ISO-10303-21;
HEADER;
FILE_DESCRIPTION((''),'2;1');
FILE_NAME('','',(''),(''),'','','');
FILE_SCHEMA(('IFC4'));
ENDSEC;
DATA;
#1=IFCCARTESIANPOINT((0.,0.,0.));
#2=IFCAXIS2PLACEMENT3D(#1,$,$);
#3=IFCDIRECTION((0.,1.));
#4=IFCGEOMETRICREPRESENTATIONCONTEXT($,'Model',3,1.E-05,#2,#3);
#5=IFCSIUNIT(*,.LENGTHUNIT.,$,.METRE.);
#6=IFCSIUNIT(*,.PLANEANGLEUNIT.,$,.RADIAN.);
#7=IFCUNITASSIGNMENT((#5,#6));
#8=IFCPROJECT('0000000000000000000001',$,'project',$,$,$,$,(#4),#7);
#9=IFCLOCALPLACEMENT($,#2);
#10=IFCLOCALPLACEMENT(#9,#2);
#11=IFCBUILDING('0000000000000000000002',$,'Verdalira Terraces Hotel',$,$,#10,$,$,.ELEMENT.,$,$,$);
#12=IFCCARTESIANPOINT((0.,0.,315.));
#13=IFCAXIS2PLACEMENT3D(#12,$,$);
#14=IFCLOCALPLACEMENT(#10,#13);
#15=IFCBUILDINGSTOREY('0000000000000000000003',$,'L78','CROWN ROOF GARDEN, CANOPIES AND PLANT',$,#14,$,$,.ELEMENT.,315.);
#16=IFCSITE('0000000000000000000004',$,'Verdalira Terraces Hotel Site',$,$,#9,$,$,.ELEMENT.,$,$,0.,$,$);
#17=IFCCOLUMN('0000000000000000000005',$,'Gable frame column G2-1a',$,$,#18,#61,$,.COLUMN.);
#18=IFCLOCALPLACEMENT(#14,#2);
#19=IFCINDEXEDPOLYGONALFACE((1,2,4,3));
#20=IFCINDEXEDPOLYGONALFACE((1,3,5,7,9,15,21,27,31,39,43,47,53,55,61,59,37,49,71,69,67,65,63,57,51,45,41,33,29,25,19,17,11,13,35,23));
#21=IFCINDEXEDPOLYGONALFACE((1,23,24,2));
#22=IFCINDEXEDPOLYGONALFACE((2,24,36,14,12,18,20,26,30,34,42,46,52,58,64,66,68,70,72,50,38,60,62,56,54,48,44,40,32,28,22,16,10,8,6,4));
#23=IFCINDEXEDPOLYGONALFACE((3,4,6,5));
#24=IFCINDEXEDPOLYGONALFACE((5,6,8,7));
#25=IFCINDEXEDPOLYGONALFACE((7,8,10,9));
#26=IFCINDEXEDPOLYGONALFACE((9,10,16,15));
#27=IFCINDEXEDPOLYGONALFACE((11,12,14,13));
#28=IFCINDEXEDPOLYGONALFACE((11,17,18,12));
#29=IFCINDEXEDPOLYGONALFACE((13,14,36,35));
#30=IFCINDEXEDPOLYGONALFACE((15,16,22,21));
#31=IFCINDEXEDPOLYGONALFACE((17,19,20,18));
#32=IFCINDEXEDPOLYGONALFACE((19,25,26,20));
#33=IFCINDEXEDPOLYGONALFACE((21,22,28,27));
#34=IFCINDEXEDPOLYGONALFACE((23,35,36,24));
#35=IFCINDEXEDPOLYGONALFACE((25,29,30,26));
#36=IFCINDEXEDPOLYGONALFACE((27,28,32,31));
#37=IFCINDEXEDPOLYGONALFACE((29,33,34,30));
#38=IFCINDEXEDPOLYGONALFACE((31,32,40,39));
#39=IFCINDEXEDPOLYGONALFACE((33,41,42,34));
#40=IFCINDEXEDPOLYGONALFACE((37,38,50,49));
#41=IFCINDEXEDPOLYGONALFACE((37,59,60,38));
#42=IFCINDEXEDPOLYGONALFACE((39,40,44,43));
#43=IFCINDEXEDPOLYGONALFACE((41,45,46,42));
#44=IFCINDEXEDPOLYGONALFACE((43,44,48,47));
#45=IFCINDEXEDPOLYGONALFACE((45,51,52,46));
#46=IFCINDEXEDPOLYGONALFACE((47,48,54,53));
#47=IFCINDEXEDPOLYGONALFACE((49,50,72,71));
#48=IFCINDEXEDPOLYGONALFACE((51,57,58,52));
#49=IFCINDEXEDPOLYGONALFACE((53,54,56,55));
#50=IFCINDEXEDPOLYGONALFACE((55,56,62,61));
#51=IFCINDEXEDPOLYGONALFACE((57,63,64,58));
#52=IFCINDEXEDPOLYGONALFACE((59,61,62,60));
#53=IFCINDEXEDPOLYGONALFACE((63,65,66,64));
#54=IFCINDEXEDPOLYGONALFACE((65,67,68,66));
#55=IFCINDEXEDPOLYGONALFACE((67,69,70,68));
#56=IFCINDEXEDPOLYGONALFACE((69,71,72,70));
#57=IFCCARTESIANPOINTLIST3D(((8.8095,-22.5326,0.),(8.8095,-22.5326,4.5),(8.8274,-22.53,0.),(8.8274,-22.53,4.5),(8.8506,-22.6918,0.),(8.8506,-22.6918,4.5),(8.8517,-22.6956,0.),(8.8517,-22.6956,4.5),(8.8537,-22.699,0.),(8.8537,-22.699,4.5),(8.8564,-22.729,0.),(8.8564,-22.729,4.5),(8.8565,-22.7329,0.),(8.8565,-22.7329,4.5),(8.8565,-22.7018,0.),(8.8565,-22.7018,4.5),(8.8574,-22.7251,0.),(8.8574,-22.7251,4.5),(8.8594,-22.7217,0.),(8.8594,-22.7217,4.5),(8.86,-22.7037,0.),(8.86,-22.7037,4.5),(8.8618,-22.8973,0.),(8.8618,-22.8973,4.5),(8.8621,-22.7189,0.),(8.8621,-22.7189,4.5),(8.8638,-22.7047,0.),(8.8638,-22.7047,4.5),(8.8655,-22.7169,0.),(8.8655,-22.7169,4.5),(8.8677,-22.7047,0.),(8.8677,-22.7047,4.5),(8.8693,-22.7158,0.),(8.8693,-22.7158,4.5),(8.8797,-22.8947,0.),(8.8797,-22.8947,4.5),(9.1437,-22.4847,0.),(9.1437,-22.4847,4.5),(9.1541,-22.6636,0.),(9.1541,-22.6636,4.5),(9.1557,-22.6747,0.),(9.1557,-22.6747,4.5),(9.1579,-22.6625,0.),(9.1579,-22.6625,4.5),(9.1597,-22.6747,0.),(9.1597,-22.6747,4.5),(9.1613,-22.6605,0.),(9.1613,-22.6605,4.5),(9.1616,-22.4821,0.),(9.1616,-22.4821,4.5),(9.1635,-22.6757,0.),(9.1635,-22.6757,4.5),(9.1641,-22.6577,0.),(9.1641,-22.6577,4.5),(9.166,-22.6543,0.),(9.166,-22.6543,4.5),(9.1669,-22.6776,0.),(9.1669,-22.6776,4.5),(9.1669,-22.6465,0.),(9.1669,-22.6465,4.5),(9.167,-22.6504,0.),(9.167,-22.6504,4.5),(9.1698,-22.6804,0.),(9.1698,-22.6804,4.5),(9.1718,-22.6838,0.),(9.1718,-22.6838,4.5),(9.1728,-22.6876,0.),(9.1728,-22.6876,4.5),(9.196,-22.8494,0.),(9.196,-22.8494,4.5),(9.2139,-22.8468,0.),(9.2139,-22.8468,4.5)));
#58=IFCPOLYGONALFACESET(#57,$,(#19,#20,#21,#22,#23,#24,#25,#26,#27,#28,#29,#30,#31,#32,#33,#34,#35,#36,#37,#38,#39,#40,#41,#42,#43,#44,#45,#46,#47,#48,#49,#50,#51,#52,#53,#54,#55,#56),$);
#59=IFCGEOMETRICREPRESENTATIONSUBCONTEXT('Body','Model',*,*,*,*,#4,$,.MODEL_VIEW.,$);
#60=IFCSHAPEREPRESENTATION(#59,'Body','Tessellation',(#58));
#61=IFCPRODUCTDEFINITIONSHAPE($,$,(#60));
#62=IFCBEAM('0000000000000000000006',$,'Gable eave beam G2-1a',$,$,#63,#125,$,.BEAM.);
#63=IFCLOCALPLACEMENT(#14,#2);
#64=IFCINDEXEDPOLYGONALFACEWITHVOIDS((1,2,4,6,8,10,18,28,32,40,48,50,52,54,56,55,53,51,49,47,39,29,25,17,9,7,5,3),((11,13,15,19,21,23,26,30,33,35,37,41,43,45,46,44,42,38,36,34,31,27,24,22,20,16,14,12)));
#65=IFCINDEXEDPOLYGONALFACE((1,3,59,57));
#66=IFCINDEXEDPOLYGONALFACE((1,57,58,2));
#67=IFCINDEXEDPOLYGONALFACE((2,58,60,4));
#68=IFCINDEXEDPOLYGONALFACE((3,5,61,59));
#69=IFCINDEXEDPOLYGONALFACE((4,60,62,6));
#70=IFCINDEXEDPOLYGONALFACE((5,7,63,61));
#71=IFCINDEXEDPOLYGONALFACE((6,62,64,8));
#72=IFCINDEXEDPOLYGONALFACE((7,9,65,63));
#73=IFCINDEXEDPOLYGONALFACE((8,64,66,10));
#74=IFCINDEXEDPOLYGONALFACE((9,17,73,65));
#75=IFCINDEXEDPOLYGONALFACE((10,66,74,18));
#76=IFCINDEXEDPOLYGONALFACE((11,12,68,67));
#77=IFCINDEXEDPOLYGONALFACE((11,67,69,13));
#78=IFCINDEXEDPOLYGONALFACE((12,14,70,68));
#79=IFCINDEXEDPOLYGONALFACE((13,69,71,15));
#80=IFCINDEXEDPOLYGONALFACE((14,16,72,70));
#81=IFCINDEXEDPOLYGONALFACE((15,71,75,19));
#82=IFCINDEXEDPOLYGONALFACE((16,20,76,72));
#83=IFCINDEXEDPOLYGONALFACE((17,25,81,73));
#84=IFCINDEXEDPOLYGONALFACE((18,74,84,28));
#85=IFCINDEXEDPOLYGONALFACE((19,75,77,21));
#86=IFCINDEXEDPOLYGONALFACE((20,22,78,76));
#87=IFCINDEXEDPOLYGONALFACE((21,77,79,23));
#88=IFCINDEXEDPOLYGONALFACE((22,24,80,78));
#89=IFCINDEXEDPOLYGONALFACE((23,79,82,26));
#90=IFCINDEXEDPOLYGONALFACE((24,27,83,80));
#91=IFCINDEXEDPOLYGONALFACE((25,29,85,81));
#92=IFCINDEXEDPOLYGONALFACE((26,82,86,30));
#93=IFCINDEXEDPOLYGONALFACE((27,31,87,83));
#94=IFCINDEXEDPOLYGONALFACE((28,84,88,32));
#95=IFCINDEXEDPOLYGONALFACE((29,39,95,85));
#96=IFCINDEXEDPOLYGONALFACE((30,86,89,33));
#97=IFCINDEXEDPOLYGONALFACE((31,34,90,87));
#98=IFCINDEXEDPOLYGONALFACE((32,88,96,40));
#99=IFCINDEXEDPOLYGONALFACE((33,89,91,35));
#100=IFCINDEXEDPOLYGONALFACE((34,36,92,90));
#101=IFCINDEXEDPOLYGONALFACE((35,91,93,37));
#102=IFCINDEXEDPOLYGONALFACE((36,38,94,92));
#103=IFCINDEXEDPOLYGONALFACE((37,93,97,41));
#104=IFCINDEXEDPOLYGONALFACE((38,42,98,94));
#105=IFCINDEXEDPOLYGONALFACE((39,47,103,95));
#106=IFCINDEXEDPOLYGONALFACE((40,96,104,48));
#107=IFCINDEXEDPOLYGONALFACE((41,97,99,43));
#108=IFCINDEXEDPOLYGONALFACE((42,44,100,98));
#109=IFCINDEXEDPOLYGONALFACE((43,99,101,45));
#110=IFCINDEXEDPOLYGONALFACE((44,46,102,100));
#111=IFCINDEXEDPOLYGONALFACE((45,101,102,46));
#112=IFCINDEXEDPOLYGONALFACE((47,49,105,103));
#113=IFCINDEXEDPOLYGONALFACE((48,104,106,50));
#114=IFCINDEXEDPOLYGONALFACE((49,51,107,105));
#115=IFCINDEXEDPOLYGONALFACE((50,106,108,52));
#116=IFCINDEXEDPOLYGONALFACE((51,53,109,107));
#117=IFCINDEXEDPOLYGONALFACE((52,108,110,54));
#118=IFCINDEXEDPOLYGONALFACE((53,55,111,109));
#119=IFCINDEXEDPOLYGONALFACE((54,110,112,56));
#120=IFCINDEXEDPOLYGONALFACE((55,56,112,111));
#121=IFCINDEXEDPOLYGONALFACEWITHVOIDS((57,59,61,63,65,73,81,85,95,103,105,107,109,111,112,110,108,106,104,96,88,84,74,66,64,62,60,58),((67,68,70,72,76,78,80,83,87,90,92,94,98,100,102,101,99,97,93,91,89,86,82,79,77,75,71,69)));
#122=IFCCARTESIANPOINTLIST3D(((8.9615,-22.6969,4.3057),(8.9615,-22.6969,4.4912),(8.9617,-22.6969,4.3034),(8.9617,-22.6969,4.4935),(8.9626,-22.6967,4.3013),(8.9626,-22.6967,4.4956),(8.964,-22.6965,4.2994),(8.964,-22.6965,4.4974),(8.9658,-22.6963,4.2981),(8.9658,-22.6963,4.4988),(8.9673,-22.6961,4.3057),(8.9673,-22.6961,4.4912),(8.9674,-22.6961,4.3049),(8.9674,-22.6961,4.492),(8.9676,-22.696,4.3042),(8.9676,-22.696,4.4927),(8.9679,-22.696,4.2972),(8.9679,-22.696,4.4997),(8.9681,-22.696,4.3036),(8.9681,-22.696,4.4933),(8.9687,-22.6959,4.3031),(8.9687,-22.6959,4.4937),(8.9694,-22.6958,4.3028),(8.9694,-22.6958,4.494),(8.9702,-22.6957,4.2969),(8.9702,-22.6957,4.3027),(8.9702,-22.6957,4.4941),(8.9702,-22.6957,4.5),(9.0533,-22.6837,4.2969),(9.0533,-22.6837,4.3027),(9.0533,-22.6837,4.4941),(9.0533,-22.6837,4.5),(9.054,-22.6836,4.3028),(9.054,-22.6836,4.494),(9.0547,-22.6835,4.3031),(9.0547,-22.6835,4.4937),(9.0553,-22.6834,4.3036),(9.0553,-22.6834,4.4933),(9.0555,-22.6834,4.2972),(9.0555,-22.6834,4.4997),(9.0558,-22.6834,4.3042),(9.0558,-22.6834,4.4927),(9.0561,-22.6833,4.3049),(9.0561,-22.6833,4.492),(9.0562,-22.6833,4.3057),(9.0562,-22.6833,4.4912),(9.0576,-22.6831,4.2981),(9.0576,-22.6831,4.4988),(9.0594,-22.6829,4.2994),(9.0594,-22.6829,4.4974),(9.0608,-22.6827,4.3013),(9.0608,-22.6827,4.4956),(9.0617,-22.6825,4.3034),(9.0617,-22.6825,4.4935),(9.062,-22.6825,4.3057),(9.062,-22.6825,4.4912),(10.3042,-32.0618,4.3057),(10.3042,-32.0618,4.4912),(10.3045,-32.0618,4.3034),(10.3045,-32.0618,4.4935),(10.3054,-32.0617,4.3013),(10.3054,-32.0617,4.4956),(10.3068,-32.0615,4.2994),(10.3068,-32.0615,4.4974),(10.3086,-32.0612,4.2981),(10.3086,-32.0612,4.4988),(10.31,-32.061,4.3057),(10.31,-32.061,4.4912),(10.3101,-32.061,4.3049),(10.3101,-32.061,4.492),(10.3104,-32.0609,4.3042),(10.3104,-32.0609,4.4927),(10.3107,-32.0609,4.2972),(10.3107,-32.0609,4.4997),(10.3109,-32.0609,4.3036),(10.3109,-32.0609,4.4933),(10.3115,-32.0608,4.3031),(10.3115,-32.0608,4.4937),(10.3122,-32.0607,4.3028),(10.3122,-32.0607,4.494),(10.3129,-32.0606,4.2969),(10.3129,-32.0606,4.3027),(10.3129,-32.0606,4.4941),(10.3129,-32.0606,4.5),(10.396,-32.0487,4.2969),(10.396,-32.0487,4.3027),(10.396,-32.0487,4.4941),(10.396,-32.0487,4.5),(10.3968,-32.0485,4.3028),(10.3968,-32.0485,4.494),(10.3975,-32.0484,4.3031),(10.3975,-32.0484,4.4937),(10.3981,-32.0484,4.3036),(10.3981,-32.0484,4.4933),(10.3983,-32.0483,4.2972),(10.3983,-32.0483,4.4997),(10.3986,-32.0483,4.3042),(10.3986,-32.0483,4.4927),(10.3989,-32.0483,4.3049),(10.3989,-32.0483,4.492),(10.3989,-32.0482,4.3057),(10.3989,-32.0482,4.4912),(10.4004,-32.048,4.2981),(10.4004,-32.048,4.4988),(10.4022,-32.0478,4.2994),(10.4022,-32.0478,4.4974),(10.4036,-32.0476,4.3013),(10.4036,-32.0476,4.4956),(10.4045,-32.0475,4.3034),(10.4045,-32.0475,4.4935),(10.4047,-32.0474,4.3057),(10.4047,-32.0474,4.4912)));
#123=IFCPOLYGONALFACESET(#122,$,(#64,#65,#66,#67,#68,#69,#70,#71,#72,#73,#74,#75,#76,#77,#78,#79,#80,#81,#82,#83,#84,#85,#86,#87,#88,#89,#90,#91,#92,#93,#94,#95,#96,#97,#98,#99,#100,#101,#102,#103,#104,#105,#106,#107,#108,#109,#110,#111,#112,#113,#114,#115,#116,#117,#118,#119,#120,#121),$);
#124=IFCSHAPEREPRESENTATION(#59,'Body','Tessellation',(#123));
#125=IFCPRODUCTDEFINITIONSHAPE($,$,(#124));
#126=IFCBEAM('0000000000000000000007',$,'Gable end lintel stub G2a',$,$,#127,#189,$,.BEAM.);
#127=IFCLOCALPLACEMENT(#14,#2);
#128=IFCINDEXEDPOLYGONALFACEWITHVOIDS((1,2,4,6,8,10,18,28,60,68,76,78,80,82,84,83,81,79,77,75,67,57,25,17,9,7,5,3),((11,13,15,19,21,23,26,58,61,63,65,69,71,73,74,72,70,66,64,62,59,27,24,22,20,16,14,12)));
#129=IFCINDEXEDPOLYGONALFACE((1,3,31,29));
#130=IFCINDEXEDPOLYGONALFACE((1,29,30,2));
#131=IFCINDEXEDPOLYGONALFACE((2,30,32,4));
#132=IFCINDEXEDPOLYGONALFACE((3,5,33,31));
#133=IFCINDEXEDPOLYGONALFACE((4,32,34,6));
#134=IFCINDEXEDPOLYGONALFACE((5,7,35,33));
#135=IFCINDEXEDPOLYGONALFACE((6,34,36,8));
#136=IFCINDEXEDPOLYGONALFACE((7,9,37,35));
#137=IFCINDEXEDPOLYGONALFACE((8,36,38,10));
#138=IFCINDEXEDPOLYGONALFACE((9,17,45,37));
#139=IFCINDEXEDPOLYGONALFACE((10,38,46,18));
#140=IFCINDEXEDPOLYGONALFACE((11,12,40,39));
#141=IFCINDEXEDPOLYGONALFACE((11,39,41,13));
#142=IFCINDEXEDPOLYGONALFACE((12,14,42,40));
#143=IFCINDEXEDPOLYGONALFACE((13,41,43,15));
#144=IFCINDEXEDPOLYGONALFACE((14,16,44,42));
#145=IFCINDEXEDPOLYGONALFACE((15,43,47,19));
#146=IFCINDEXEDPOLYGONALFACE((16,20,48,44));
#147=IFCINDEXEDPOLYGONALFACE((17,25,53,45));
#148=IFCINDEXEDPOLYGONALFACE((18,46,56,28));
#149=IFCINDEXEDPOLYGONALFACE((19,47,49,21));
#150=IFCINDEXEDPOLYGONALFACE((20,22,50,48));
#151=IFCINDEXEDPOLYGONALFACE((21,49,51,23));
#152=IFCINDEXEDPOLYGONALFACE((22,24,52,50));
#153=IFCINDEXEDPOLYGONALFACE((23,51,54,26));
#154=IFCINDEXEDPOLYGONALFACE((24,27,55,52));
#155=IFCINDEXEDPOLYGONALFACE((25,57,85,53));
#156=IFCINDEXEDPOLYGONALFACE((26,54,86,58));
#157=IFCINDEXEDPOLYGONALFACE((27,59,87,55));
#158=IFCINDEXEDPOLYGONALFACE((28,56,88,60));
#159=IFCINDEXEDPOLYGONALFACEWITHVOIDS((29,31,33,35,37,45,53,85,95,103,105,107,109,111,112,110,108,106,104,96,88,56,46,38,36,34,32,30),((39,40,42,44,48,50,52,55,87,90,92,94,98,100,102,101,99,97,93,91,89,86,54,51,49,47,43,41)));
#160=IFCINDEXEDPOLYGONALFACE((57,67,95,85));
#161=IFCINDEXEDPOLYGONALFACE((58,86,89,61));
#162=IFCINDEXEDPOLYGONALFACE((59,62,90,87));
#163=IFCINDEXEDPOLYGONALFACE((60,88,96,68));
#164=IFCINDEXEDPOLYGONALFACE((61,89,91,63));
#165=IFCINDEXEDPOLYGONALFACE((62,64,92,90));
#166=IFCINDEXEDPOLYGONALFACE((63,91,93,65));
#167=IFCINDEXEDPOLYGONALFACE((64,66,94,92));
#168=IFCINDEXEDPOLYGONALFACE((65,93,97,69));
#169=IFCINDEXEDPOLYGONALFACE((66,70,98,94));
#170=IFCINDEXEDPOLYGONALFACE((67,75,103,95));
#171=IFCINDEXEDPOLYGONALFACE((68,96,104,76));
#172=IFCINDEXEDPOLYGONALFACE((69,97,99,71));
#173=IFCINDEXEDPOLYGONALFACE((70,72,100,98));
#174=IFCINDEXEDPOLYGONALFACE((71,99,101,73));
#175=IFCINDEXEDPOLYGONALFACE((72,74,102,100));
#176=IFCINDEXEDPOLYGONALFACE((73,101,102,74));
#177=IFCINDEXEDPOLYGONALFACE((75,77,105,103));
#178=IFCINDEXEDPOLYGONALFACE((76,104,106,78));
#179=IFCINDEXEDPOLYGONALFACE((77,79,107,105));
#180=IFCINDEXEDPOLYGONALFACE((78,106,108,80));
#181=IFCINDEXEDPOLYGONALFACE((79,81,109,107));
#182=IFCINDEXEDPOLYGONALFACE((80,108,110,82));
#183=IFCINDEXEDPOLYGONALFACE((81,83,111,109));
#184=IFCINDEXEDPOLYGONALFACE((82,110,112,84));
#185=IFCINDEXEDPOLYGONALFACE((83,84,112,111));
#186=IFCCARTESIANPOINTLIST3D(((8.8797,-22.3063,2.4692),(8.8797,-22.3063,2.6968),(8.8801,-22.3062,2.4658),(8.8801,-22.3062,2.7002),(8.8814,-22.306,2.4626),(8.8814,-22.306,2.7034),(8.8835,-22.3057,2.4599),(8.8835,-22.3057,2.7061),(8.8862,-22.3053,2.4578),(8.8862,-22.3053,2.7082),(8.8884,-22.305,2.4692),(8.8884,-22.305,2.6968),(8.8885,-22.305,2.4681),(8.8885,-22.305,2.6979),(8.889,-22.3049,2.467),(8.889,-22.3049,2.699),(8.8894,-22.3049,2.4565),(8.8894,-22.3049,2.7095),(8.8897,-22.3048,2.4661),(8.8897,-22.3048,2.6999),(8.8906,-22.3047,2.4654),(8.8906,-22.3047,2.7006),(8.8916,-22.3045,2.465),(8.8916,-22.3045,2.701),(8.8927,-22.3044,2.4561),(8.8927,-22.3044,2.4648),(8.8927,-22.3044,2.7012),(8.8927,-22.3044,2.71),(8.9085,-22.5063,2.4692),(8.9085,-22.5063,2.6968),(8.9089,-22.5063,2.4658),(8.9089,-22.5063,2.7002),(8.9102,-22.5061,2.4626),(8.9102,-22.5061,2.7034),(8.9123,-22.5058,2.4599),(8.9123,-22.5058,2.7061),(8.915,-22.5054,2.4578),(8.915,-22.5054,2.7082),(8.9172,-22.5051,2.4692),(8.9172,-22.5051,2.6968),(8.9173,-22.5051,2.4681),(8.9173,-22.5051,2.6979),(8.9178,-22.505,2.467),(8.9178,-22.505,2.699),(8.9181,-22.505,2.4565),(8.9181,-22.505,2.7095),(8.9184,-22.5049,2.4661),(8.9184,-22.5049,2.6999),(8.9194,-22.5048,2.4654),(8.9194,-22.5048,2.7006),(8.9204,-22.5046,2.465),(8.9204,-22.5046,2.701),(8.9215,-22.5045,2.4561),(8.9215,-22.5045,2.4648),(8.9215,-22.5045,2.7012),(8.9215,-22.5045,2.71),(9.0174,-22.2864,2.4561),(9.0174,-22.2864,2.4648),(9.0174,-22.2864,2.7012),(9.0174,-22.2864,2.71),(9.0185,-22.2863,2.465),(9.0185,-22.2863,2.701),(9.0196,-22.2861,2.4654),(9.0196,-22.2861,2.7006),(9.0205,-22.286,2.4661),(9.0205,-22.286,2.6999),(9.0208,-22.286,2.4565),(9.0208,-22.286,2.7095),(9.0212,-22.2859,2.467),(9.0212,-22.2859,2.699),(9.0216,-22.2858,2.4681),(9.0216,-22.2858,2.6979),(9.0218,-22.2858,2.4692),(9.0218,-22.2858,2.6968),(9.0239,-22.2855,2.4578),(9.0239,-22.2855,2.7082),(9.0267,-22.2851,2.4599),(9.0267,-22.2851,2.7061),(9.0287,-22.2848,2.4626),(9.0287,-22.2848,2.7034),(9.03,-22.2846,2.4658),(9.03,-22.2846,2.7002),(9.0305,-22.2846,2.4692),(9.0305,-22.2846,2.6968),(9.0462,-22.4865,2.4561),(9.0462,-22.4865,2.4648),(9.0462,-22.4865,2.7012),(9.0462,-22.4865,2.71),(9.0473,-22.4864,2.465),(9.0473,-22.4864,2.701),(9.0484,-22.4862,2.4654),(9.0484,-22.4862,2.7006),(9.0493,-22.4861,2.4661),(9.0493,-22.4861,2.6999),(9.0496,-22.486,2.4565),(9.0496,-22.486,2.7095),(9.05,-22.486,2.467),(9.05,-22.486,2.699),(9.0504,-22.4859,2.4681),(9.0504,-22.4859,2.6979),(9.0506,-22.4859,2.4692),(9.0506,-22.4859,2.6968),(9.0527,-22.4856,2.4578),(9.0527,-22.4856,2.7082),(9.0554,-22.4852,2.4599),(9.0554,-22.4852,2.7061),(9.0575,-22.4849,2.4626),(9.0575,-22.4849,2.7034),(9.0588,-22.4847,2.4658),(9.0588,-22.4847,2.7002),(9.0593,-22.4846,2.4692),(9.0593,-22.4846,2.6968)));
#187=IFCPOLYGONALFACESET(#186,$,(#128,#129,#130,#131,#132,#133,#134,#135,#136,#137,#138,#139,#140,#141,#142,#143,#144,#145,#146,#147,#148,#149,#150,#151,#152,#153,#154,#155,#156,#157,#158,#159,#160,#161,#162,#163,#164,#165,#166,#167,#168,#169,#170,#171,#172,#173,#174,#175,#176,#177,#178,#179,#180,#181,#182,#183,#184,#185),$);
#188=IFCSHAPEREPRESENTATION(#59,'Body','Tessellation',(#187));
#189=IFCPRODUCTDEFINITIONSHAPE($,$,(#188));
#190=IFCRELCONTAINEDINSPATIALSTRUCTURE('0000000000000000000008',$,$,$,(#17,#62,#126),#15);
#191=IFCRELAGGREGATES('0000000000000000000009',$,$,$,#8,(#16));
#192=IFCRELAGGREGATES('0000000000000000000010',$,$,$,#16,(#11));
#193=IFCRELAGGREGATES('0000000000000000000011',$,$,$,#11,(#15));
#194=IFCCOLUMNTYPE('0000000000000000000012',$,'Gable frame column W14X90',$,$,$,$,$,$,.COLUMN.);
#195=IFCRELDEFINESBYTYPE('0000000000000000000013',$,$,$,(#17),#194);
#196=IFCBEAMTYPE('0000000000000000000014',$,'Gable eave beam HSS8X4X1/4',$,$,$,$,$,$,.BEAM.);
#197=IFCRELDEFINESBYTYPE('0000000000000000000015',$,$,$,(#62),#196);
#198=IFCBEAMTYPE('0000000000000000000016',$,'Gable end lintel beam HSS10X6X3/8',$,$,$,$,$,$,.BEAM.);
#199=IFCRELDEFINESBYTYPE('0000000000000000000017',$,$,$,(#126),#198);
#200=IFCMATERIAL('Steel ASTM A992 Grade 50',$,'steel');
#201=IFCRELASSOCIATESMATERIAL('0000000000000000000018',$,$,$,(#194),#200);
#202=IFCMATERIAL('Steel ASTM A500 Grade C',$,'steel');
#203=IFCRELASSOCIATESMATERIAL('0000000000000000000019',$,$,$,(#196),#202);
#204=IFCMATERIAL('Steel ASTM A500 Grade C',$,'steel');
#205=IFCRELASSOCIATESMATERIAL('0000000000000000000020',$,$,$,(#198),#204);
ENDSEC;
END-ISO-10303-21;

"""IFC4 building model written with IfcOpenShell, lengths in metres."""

from ifc_helpers import new_model, si_unit, direction, frame, origin, origin_2d, place, context, subcontext, project, spatial, hollow_rectangle, i_section, extrude, material, material_profile, profile_set, type_object, element, save


model = new_model("IFC4")

# Units and contexts
model_context = context("Model", 3, precision=1e-05, world=origin(), true_north=direction((0.0, 1.0)))
body_context = subcontext(model_context, "Body", "Model", "MODEL_VIEW")
ifc_project = project(units=[si_unit("LENGTHUNIT", "METRE"), si_unit("PLANEANGLEUNIT", "RADIAN")], contexts=[model_context])

# Site, building, storey
site_placement = place(None, origin())
site = spatial("IfcSite", under=ifc_project, at=site_placement, Name="Verdalira Terraces Hotel Site", CompositionType="ELEMENT", RefElevation=0.0)
building_placement = place(site_placement, origin())
building = spatial("IfcBuilding", under=site, at=building_placement, Name="Verdalira Terraces Hotel", CompositionType="ELEMENT")
storey_placement = place(building_placement, frame((0.0, 0.0, 315.0)))
storey = spatial("IfcBuildingStorey", under=building, at=storey_placement, Name="L78", Description="CROWN ROOF GARDEN, CANOPIES AND PLANT", CompositionType="ELEMENT", Elevation=315.0)

# Column
ifc_material_1 = material(Name="Steel ASTM A992 Grade 50", Category="steel")
ifc_material_profile_1 = material_profile(ifc_material_1, i_section(OverallWidth=0.3684, OverallDepth=0.3557, WebThickness=0.0112, FlangeThickness=0.0181, FilletRadius=0.0151, at=origin_2d()), Name="W14X90")
ifc_profile_set_1 = profile_set([ifc_material_profile_1], Name="Steel ASTM A992 Grade 50")
column_type = type_object("IfcColumnType", Name="Gable frame column W14X90", PredefinedType="COLUMN", material=ifc_profile_set_1)
column_placement = place(storey_placement, frame((9.0117, -22.6897, 0.0), z_axis=(0.0, 0.0, 1.0), x_axis=(0.141938, -0.989876, 0.0)))
element("IfcColumn", 1, at=column_placement, inside=storey, type_object=column_type, Name="Gable frame column G2-1a", PredefinedType="COLUMN", context=body_context, shape_type="SweptSolid", body=[
    extrude(i_section(OverallWidth=0.3684, OverallDepth=0.3557, WebThickness=0.0112, FlangeThickness=0.0181, FilletRadius=0.0151, at=origin_2d()), origin(), (0.0, 0.0, 1.0), 4.5),
])

# Beams
ifc_material_2 = material(Name="Steel ASTM A500 Grade C", Category="steel")
ifc_material_profile_2 = material_profile(ifc_material_2, hollow_rectangle(XDim=0.1016, YDim=0.2031, WallThickness=0.0059, InnerFilletRadius=0.0029, OuterFilletRadius=0.0088, at=origin_2d()), Name="HSS8X4X1/4")
ifc_profile_set_2 = profile_set([ifc_material_profile_2], Name="Steel ASTM A500 Grade C")
beam_type_1 = type_object("IfcBeamType", Name="Gable eave beam HSS8X4X1/4", PredefinedType="BEAM", material=ifc_profile_set_2)
beam_1_placement = place(storey_placement, frame((9.0117, -22.6897, 4.3984), z_axis=(0.141931, -0.989877, 0.0), x_axis=(0.989877, 0.141931, 0.0)))
element("IfcBeam", 2, at=beam_1_placement, inside=storey, type_object=beam_type_1, Name="Gable eave beam G2-1a", PredefinedType="BEAM", context=body_context, shape_type="SweptSolid", body=[
    extrude(hollow_rectangle(XDim=0.1016, YDim=0.2031, WallThickness=0.0059, InnerFilletRadius=0.0029, OuterFilletRadius=0.0088, at=origin_2d()), origin(), (0.0, 0.0, 1.0), 9.4607),
])
ifc_material_3 = material(Name="Steel ASTM A500 Grade C", Category="steel")
ifc_material_profile_3 = material_profile(ifc_material_3, hollow_rectangle(XDim=0.1523, YDim=0.2539, WallThickness=0.0088, InnerFilletRadius=0.0044, OuterFilletRadius=0.0132, at=origin_2d()), Name="HSS10X6X3/8")
ifc_profile_set_3 = profile_set([ifc_material_profile_3], Name="Steel ASTM A500 Grade C")
beam_type_2 = type_object("IfcBeamType", Name="Gable end lintel beam HSS10X6X3/8", PredefinedType="BEAM", material=ifc_profile_set_3)
beam_2_placement = place(storey_placement, frame((8.9551, -22.2954, 2.583), z_axis=(0.142435, -0.989804, 0.0), x_axis=(0.989804, 0.142435, 0.0)))
element("IfcBeam", 3, at=beam_2_placement, inside=storey, type_object=beam_type_2, Name="Gable end lintel stub G2a", PredefinedType="BEAM", context=body_context, shape_type="SweptSolid", body=[
    extrude(hollow_rectangle(XDim=0.1523, YDim=0.2539, WallThickness=0.0088, InnerFilletRadius=0.0044, OuterFilletRadius=0.0132, at=origin_2d()), origin(), (0.0, 0.0, 1.0), 0.2021),
])

save(model, "model.ifc")
